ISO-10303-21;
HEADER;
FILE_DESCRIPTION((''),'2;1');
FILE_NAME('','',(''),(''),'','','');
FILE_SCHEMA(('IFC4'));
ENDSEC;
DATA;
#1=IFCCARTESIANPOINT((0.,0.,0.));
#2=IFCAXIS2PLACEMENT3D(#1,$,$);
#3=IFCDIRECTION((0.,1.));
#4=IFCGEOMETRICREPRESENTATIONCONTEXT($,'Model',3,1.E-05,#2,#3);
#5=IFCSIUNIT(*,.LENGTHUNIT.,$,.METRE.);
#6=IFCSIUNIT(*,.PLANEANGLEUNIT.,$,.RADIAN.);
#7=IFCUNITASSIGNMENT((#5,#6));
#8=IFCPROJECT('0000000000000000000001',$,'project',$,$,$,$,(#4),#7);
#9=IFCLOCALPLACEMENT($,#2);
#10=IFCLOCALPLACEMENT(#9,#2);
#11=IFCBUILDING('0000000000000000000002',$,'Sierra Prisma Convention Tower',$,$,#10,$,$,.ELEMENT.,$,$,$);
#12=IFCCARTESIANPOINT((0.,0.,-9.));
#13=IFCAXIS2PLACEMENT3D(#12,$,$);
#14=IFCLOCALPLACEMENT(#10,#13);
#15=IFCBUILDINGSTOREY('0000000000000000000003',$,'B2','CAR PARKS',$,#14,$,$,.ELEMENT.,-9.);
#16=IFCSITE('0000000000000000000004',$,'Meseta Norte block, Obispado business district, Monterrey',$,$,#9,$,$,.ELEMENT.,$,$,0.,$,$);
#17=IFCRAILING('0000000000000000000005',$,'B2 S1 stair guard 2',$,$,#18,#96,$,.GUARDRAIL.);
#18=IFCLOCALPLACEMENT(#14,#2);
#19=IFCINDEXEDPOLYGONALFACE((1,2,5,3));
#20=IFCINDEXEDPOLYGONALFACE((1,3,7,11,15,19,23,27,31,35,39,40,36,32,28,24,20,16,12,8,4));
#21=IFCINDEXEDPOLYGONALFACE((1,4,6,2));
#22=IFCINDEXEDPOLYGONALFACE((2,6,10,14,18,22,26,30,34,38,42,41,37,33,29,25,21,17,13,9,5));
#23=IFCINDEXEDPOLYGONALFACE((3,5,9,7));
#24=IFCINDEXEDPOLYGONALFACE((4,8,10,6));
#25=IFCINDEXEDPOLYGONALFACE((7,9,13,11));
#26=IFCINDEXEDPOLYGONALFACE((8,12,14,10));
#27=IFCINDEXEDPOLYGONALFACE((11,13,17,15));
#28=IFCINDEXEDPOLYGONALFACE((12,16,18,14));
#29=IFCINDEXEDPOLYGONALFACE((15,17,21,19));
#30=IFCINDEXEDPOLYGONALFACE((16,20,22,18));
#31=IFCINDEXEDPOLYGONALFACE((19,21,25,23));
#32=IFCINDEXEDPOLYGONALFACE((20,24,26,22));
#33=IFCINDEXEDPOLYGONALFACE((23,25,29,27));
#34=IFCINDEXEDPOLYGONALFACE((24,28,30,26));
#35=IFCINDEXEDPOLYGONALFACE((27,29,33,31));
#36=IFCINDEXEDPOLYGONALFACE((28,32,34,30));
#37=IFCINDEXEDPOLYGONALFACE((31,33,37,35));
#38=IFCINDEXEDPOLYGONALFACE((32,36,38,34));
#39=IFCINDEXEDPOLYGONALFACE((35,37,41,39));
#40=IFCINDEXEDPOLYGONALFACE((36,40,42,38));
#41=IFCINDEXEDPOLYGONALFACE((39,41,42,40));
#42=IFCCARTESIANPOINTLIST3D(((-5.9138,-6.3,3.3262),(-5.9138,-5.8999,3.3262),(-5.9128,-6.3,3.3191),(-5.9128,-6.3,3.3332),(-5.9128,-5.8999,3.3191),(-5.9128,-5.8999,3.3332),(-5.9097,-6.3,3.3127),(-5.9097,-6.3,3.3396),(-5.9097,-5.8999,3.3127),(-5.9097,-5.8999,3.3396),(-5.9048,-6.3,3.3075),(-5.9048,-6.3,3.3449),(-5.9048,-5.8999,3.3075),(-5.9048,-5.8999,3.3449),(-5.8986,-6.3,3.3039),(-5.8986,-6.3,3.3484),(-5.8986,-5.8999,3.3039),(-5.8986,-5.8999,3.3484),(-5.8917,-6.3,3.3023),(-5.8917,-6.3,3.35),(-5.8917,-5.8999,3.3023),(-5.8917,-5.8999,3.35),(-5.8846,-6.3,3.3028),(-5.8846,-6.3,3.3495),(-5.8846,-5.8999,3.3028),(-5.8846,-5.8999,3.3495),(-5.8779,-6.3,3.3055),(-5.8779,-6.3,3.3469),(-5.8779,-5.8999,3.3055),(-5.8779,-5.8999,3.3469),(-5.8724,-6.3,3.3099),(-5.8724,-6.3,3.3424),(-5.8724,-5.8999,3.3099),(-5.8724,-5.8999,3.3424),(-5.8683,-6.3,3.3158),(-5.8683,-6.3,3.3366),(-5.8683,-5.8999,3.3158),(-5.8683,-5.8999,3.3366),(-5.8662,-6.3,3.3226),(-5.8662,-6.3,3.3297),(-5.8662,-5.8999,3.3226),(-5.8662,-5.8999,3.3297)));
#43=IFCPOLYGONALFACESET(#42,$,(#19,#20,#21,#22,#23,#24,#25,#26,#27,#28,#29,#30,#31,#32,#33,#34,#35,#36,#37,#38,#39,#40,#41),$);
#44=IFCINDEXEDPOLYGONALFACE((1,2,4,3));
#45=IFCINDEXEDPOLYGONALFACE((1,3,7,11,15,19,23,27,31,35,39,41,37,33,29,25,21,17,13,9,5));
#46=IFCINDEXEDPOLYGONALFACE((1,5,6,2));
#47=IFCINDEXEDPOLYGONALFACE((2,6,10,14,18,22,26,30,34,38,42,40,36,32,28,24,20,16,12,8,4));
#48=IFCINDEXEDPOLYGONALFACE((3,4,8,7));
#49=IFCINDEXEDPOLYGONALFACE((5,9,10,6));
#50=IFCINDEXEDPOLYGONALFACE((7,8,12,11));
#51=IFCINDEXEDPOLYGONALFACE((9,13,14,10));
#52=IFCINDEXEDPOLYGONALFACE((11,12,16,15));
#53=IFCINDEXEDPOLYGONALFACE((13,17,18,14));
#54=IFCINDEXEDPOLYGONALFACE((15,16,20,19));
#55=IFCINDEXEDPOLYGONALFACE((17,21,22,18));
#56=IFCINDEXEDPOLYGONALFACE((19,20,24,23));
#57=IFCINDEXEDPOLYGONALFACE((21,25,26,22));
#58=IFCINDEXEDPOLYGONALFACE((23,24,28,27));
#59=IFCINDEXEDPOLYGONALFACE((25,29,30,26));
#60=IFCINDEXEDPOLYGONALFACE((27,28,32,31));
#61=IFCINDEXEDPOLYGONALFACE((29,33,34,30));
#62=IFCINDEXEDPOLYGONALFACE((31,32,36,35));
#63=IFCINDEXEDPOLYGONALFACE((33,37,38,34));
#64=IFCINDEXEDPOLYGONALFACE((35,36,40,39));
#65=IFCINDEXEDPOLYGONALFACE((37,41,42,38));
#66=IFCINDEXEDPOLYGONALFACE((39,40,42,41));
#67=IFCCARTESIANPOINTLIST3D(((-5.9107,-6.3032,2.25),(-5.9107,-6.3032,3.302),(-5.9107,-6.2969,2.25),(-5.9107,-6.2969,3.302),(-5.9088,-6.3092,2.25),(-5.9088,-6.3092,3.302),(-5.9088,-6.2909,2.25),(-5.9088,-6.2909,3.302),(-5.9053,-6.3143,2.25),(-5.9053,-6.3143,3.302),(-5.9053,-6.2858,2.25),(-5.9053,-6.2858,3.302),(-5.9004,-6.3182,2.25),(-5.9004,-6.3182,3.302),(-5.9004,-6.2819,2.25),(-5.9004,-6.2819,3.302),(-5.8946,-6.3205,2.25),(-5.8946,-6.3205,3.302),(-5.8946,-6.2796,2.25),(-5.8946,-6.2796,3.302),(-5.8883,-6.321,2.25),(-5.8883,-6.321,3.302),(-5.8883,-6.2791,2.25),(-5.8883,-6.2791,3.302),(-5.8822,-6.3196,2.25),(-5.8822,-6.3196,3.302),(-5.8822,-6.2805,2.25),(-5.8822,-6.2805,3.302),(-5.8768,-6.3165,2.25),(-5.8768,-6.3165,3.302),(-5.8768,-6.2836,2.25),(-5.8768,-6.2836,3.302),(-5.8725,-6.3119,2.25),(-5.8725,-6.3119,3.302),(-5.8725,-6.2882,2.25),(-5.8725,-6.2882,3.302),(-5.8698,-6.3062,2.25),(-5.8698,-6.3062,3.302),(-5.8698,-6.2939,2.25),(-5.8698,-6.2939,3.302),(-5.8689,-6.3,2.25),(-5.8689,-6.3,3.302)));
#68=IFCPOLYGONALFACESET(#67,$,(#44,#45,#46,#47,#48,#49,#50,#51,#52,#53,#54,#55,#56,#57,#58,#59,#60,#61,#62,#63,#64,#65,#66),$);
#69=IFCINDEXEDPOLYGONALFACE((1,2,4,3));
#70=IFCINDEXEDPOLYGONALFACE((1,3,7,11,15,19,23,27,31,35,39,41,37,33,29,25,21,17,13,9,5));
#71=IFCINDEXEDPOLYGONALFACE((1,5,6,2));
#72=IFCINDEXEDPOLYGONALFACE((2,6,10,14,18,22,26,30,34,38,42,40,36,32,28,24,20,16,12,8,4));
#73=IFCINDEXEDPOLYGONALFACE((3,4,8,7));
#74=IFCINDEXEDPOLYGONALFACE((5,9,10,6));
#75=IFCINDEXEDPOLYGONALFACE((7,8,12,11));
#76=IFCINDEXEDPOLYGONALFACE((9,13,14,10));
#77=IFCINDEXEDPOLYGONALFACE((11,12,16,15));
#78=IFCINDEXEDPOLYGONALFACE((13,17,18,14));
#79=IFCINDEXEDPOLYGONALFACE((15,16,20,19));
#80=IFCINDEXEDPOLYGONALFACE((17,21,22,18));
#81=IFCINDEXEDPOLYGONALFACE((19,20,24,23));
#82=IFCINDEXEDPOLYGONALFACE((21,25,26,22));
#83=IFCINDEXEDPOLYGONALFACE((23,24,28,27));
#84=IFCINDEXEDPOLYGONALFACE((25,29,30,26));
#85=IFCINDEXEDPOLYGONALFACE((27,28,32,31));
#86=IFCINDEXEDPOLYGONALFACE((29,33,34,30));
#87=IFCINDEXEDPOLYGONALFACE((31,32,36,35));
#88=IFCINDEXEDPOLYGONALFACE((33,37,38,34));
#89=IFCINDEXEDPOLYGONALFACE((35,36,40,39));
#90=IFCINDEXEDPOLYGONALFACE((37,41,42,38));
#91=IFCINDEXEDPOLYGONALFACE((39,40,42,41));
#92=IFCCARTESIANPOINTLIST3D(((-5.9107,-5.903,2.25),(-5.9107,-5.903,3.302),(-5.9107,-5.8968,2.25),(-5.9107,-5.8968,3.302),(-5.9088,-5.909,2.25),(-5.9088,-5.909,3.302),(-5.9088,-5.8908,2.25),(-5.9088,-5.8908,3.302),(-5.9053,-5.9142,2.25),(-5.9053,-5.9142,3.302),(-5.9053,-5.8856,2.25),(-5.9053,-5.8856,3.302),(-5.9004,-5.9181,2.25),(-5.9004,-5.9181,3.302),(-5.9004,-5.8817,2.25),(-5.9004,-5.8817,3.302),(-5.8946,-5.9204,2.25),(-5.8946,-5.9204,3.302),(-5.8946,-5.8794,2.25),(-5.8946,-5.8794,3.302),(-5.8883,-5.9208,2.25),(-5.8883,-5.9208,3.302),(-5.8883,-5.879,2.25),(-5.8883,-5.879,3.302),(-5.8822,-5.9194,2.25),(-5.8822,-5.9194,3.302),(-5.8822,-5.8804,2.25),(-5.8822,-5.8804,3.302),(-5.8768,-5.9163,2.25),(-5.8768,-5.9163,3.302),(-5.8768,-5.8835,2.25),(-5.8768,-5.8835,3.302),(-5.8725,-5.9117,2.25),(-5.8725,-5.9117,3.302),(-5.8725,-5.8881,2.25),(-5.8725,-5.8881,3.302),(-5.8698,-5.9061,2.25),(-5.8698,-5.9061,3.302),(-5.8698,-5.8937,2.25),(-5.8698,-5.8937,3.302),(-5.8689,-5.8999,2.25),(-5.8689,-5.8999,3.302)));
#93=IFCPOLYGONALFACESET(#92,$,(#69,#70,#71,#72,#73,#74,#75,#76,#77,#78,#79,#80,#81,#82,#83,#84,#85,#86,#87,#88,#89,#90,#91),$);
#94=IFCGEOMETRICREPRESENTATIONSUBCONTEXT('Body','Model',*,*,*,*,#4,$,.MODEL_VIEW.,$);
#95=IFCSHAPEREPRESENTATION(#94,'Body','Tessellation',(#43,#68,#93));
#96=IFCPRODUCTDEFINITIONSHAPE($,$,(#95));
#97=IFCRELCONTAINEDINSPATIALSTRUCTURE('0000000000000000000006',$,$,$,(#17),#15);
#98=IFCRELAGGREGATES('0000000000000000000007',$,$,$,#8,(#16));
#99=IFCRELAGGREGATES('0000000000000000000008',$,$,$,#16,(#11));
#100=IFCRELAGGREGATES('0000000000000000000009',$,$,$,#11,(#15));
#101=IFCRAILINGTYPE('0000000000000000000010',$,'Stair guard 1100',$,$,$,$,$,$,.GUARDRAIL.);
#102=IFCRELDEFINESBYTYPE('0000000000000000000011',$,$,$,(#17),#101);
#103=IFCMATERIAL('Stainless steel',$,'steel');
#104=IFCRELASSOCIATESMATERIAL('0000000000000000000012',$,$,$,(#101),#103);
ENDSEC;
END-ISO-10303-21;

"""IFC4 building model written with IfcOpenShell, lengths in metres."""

from ifc_helpers import new_model, si_unit, direction, frame, origin, origin_2d, place, context, subcontext, project, spatial, circle, extrude, material, type_object, element, save


model = new_model("IFC4")

# Units and contexts
model_context = context("Model", 3, precision=1e-05, world=origin(), true_north=direction((0.0, 1.0)))
body_context = subcontext(model_context, "Body", "Model", "MODEL_VIEW")
ifc_project = project(units=[si_unit("LENGTHUNIT", "METRE"), si_unit("PLANEANGLEUNIT", "RADIAN")], contexts=[model_context])

# Site, building, storey
site_placement = place(None, origin())
site = spatial("IfcSite", under=ifc_project, at=site_placement, Name="Meseta Norte block, Obispado business district, Monterrey", CompositionType="ELEMENT", RefElevation=0.0)
building_placement = place(site_placement, origin())
building = spatial("IfcBuilding", under=site, at=building_placement, Name="Sierra Prisma Convention Tower", CompositionType="ELEMENT")
storey_placement = place(building_placement, frame((0.0, 0.0, -9.0)))
storey = spatial("IfcBuildingStorey", under=building, at=storey_placement, Name="B2", Description="CAR PARKS", CompositionType="ELEMENT", Elevation=-9.0)

# Railing
ifc_material_1 = material(Name="Stainless steel", Category="steel")
railing_type_1 = type_object("IfcRailingType", Name="Stair guard 1100", PredefinedType="GUARDRAIL", material=ifc_material_1)
railing_1_placement = place(storey_placement, frame((-5.8899, -6.3, 2.25)))
element("IfcRailing", 1, at=railing_1_placement, inside=storey, type_object=railing_type_1, Name="B2 S1 stair guard 2", PredefinedType="GUARDRAIL", context=body_context, shape_type="SweptSolid", body=[
    extrude(circle(Radius=0.0239, at=origin_2d()), frame((0.0, 0.0, 1.0762), z_axis=(0.0, 1.0, 0.0), x_axis=(-1.0, 0.0, 0.0)), (0.0, 0.0, 1.0), 0.4001),
    extrude(circle(Radius=0.021, at=origin_2d()), origin(), (0.0, 0.0, 1.0), 1.052),
    extrude(circle(Radius=0.021, at=origin_2d()), frame((0.0, 0.4001, 0.0)), (0.0, 0.0, 1.0), 1.052),
])

save(model, "model.ifc")
